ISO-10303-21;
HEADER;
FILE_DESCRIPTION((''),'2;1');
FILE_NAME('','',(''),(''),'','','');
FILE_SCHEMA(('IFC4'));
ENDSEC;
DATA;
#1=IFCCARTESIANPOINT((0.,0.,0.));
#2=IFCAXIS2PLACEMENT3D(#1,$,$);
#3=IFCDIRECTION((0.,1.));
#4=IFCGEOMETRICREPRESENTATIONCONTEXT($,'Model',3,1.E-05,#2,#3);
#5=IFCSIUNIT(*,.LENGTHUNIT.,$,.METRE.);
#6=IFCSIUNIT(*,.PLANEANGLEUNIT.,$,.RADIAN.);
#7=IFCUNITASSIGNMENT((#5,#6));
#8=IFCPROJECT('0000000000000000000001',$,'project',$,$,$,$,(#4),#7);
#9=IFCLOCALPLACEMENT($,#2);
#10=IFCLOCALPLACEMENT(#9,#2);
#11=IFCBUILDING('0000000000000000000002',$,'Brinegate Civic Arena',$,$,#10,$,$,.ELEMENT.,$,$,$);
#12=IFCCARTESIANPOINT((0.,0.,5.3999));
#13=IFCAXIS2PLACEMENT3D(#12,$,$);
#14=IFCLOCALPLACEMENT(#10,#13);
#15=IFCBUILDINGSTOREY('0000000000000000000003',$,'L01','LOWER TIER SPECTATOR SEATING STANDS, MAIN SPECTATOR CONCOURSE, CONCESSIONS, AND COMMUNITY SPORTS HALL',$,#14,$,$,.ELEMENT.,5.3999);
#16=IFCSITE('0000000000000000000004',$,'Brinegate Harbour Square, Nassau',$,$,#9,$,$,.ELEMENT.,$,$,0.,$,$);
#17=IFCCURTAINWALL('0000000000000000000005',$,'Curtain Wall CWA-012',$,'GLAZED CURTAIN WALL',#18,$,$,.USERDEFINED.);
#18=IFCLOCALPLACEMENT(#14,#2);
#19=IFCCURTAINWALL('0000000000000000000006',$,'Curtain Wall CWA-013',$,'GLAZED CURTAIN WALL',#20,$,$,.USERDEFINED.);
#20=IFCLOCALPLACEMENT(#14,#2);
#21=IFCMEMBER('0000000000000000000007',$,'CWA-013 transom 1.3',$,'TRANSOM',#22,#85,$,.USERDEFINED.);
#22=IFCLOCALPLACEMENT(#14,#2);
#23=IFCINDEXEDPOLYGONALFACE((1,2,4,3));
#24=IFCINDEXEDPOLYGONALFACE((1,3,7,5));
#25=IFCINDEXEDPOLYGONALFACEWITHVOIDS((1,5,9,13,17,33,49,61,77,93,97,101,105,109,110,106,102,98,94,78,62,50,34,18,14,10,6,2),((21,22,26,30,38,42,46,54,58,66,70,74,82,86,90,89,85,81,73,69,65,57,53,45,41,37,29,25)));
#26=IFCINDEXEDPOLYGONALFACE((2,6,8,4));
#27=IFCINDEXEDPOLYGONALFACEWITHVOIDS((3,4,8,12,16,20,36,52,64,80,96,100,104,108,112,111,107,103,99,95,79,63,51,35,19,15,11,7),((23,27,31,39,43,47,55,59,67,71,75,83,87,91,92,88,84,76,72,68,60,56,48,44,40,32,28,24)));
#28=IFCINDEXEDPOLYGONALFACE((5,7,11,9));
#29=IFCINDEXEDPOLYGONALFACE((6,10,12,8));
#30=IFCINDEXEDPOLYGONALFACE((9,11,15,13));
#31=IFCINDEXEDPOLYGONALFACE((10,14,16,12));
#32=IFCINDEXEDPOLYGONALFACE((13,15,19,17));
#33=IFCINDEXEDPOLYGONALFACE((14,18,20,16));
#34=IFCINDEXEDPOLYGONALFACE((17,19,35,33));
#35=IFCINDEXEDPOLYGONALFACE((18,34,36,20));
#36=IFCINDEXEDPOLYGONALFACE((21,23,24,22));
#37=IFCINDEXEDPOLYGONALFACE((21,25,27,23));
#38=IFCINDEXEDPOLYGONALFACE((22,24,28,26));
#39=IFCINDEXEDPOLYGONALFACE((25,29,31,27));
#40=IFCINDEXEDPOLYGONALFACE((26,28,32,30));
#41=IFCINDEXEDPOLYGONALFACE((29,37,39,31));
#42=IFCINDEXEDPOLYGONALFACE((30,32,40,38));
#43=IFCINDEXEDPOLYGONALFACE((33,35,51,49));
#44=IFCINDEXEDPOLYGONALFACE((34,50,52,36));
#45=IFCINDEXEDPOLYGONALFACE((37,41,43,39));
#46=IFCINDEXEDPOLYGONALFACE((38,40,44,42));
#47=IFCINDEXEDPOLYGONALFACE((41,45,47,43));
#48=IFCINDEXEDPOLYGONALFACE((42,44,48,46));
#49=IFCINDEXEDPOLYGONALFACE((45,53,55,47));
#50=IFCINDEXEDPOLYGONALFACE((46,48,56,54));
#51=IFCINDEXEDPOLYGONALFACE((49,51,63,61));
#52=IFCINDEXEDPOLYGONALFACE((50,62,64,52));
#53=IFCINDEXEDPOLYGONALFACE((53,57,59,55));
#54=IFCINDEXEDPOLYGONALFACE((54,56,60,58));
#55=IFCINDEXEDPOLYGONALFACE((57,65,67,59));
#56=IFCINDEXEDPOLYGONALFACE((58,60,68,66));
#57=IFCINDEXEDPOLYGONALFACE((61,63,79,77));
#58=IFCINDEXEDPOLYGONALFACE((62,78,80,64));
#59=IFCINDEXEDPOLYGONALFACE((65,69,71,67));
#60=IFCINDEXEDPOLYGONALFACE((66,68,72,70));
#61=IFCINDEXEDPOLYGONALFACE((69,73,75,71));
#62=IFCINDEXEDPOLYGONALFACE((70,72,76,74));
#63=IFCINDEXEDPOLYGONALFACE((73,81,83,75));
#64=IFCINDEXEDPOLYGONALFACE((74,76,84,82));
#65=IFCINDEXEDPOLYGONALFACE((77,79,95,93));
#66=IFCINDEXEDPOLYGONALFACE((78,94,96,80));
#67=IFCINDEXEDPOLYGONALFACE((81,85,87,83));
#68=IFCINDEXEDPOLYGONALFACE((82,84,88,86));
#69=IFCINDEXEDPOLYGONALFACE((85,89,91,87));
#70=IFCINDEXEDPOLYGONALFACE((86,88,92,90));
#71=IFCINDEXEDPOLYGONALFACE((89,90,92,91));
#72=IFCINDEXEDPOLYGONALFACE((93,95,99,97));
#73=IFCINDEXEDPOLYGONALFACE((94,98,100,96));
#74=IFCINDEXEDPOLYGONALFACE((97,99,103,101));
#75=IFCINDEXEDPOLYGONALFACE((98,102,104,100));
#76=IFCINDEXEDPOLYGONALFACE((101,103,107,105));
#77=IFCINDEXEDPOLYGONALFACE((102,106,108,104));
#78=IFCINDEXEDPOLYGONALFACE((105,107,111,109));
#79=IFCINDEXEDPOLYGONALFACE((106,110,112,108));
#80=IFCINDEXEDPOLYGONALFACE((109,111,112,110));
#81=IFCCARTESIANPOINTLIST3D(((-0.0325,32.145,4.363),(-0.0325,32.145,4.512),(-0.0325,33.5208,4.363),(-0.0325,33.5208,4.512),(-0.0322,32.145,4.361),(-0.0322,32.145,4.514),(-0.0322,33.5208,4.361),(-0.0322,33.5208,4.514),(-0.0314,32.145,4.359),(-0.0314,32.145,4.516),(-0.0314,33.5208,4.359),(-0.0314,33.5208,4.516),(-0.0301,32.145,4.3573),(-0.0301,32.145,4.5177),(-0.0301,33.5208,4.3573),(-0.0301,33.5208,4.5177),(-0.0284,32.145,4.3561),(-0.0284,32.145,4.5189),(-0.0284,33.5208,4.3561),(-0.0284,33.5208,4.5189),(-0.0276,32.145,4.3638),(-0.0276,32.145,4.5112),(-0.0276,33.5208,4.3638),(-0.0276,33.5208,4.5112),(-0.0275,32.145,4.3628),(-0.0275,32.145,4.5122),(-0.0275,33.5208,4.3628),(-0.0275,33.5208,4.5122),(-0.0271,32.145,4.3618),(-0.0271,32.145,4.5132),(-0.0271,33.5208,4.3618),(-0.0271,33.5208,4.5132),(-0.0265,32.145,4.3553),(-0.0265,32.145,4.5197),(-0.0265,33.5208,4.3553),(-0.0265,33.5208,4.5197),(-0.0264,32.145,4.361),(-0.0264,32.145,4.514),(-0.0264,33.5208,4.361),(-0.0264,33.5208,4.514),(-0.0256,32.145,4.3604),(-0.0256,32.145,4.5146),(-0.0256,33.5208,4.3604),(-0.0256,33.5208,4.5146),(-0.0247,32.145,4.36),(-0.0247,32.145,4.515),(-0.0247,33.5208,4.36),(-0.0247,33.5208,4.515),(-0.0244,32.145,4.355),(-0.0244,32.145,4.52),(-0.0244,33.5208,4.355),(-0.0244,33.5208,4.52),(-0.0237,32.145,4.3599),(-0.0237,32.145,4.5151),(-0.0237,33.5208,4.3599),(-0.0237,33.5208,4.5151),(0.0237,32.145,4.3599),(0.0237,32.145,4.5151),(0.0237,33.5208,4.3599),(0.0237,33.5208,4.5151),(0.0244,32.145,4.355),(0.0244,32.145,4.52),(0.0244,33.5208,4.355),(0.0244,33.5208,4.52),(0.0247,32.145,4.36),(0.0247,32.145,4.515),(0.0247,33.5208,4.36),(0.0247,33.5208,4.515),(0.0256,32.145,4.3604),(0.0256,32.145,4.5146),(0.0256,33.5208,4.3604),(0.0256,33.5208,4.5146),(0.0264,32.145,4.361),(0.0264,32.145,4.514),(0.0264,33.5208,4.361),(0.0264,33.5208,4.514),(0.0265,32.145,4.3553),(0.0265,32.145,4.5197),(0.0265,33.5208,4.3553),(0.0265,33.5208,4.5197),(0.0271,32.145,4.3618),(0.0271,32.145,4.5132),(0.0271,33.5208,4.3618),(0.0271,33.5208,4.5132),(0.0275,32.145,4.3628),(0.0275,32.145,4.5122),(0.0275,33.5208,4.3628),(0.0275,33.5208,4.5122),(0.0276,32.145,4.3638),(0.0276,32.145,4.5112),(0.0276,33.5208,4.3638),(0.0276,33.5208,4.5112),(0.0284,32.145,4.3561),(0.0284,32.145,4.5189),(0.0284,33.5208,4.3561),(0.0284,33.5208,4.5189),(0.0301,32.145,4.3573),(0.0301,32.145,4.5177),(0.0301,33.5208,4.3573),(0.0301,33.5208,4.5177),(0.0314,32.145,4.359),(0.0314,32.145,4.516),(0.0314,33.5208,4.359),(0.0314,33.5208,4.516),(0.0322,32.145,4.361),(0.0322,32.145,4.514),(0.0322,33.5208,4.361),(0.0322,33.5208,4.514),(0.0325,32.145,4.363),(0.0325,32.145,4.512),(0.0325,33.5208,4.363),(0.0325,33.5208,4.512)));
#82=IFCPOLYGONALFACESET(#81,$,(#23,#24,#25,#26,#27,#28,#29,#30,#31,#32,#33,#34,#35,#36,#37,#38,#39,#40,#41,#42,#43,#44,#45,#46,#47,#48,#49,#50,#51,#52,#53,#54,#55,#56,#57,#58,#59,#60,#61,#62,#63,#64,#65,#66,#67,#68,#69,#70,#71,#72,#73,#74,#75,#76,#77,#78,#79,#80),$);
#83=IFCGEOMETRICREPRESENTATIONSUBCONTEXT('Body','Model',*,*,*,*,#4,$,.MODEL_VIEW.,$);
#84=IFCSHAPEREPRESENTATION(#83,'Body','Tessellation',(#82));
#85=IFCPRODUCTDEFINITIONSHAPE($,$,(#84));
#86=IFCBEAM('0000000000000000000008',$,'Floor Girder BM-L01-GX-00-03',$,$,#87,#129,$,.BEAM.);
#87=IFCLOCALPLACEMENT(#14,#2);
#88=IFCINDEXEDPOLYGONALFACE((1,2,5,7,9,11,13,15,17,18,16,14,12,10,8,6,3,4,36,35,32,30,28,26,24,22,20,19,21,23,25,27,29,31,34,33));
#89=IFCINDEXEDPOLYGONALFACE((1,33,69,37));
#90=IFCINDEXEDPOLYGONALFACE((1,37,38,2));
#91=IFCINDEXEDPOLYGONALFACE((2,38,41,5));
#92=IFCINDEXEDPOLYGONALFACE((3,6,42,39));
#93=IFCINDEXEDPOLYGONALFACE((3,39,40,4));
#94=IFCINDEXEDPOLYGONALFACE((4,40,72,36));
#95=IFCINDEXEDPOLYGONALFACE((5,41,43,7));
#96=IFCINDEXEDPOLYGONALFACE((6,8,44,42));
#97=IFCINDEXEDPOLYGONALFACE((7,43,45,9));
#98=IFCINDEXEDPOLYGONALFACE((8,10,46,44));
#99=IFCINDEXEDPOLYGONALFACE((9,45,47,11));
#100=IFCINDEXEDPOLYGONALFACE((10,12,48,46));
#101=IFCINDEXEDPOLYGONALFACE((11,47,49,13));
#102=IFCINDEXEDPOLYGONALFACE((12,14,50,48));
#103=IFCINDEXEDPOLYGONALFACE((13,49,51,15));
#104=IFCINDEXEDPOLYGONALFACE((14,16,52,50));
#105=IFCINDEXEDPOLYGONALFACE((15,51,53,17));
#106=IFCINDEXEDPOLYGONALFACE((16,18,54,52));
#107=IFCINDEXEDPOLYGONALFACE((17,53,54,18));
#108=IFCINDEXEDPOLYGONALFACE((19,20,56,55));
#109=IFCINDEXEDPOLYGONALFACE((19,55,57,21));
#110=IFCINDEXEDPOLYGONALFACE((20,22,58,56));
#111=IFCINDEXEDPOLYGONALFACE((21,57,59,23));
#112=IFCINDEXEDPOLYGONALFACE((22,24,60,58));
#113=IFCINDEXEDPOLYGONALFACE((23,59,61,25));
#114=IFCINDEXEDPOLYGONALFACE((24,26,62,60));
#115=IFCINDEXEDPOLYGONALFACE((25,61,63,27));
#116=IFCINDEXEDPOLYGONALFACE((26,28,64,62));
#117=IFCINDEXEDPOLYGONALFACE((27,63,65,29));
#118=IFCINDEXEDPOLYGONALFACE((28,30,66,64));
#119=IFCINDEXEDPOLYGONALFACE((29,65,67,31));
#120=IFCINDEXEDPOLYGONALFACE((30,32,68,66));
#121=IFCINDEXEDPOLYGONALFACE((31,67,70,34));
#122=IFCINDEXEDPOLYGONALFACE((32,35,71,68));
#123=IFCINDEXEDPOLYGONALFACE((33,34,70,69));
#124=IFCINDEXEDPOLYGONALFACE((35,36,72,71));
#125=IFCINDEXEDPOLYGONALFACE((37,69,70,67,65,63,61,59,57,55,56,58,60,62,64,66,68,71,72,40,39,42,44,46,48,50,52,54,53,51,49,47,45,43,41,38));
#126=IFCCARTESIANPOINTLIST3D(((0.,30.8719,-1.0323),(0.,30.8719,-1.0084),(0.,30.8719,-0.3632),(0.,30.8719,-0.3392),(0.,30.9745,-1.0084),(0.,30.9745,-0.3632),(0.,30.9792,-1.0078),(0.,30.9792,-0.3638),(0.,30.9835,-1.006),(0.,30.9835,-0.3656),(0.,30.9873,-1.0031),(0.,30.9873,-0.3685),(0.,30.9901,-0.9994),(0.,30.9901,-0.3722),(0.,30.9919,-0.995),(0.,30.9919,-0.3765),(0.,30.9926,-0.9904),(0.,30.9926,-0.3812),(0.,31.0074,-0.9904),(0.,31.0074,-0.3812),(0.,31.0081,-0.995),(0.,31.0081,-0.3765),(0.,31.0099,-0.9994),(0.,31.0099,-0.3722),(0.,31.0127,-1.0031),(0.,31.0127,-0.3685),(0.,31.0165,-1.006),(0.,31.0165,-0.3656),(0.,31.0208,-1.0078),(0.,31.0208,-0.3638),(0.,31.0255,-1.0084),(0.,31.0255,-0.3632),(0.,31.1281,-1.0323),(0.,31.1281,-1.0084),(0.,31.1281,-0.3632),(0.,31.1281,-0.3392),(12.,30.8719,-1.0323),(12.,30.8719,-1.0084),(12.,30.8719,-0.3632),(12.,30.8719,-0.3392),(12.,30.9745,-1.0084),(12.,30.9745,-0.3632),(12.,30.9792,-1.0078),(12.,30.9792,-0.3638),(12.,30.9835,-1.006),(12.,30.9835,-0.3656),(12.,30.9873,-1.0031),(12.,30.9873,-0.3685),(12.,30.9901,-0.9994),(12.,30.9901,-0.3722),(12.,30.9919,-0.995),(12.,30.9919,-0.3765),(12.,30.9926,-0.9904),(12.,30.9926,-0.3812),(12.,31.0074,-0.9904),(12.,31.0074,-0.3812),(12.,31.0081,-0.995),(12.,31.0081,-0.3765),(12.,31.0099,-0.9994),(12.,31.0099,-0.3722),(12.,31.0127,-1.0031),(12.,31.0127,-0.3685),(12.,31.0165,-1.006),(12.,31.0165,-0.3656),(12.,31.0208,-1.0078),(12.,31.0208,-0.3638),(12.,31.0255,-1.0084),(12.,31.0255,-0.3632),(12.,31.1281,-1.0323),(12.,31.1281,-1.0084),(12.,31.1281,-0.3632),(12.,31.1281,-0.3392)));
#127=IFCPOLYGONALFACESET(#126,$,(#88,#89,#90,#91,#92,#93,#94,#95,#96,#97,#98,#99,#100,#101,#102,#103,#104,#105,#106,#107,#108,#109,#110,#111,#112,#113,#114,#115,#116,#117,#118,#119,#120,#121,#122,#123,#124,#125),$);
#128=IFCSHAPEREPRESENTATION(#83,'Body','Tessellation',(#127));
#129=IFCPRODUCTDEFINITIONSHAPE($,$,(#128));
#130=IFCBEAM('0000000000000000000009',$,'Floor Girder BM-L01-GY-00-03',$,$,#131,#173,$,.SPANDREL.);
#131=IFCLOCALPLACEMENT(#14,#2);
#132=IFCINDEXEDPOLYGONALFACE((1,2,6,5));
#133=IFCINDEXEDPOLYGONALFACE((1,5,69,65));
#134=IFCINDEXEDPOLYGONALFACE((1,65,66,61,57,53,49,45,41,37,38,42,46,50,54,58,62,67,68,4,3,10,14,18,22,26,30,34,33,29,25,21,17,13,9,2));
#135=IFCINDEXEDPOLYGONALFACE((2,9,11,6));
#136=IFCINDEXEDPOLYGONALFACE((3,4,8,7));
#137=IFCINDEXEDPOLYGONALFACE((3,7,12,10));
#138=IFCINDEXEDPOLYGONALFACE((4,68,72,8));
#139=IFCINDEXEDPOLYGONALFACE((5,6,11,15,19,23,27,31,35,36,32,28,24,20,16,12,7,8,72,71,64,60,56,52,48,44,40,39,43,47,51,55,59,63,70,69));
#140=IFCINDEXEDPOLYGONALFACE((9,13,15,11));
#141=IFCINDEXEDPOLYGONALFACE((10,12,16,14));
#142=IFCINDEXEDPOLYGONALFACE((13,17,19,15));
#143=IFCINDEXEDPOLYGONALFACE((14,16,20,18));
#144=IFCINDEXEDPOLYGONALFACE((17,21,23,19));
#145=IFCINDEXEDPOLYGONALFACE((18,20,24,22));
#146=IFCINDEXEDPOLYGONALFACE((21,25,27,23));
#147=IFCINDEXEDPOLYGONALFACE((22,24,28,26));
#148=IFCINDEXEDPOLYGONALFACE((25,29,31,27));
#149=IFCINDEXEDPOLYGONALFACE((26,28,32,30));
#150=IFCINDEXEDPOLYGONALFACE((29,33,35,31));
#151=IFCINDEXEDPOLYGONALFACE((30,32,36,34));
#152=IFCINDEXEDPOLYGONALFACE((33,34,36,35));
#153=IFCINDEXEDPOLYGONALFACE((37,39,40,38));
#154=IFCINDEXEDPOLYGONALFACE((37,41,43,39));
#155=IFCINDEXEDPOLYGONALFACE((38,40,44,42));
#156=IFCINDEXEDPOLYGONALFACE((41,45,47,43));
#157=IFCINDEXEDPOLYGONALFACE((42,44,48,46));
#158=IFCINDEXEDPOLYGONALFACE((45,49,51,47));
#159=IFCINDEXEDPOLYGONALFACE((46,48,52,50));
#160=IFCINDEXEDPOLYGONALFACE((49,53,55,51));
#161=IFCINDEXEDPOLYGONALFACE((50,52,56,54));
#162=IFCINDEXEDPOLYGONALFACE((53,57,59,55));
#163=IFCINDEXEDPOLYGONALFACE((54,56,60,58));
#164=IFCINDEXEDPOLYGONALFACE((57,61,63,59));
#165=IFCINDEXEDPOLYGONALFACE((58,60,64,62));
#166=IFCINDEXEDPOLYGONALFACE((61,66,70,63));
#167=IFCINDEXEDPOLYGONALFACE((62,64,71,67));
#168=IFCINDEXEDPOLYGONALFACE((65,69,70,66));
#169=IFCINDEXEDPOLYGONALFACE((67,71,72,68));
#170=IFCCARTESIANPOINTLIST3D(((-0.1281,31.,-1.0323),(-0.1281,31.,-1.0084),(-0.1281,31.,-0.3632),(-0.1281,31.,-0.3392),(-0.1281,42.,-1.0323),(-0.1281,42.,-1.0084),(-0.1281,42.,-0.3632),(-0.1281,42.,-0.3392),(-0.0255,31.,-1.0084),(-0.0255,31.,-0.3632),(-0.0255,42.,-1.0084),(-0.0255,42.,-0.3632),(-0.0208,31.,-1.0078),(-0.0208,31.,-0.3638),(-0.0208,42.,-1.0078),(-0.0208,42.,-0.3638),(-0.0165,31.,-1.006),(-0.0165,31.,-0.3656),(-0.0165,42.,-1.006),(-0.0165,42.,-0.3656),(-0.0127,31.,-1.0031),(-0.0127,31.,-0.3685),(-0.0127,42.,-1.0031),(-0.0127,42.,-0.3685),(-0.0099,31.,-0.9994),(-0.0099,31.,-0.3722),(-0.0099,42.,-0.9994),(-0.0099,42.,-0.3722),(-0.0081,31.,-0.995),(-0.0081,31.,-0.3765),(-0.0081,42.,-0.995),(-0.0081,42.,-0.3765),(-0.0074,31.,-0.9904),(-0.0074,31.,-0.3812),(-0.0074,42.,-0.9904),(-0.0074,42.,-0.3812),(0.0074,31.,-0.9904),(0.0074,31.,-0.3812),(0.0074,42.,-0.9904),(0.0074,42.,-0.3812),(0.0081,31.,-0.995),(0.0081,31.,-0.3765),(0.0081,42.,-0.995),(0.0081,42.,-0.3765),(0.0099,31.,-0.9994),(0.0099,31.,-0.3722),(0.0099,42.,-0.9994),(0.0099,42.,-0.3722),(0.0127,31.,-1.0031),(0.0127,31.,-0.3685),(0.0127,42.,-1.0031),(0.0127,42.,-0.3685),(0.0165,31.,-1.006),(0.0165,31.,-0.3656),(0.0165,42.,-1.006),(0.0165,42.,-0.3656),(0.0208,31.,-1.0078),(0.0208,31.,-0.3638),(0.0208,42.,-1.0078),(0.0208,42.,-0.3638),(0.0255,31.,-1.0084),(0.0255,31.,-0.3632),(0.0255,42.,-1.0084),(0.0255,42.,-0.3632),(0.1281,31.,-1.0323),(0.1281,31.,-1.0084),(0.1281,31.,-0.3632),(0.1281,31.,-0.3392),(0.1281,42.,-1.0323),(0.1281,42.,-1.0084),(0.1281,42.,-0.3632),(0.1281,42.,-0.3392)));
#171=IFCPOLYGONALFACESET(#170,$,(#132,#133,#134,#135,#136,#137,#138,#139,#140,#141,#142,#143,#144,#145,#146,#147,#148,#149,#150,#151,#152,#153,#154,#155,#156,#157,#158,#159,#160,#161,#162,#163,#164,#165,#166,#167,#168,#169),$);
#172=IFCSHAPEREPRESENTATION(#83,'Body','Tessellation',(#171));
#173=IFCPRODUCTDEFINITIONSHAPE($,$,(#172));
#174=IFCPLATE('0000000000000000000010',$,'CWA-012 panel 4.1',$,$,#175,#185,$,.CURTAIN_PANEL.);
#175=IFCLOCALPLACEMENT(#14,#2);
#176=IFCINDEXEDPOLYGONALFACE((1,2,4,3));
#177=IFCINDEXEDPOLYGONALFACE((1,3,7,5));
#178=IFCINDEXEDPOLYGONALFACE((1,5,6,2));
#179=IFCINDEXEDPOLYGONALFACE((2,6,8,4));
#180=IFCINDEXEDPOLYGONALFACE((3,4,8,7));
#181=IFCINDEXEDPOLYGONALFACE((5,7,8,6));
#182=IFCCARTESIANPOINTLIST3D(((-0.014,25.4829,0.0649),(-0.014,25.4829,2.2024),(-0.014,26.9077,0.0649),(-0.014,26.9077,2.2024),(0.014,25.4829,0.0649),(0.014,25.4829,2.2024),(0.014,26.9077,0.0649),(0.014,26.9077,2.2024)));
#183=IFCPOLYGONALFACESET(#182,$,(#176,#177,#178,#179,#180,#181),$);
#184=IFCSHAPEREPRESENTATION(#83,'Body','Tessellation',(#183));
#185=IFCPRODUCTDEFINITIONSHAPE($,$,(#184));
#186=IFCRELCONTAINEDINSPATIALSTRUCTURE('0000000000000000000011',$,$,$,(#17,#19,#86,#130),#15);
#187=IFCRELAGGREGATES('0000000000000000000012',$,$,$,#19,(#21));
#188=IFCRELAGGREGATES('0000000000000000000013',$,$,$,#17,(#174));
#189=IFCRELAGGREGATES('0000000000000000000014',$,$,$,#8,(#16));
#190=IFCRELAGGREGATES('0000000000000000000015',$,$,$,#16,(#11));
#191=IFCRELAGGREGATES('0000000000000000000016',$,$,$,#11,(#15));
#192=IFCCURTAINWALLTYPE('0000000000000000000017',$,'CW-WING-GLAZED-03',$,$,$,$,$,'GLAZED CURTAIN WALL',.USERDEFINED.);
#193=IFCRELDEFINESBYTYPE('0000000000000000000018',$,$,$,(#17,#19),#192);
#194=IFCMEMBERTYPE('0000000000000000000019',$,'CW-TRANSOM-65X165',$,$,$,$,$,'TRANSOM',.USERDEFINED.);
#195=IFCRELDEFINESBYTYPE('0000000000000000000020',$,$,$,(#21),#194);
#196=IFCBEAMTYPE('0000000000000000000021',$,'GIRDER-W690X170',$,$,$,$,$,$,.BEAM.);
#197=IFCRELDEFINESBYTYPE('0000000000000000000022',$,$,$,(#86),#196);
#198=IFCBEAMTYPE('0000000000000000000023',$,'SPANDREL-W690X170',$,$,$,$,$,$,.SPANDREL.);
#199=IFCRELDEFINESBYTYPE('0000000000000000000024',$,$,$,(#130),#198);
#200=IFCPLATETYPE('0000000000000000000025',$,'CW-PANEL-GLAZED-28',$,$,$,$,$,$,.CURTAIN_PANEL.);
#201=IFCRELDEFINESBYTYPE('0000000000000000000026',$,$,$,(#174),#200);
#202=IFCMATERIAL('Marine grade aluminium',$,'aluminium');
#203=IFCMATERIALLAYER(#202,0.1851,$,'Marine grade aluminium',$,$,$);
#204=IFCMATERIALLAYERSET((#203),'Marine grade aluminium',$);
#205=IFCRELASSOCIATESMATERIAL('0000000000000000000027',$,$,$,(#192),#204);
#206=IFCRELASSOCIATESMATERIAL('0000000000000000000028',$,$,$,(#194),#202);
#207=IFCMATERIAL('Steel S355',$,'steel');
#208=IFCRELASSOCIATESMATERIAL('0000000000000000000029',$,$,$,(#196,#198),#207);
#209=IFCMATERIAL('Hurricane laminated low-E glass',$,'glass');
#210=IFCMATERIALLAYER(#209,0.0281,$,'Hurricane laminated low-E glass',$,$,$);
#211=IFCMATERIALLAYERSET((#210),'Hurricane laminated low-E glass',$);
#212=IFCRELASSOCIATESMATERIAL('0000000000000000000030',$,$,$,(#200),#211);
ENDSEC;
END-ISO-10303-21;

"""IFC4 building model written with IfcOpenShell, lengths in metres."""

from ifc_helpers import new_model, si_unit, direction, frame, origin, origin_2d, place, context, subcontext, project, spatial, rectangle, hollow_rectangle, i_section, extrude, material, layer, layer_set, material_profile, profile_set, type_object, element, aggregate, save


model = new_model("IFC4")

# Units and contexts
model_context = context("Model", 3, precision=1e-05, world=origin(), true_north=direction((0.0, 1.0)))
body_context = subcontext(model_context, "Body", "Model", "MODEL_VIEW")
ifc_project = project(units=[si_unit("LENGTHUNIT", "METRE"), si_unit("PLANEANGLEUNIT", "RADIAN")], contexts=[model_context])

# Site, building, storey
site_placement = place(None, origin())
site = spatial("IfcSite", under=ifc_project, at=site_placement, Name="Brinegate Harbour Square, Nassau", CompositionType="ELEMENT", RefElevation=0.0)
building_placement = place(site_placement, origin())
building = spatial("IfcBuilding", under=site, at=building_placement, Name="Brinegate Civic Arena", CompositionType="ELEMENT")
storey_placement = place(building_placement, frame((0.0, 0.0, 5.3999)))
storey = spatial("IfcBuildingStorey", under=building, at=storey_placement, Name="L01", Description="LOWER TIER SPECTATOR SEATING STANDS, MAIN SPECTATOR CONCOURSE, CONCESSIONS, AND COMMUNITY SPORTS HALL", CompositionType="ELEMENT", Elevation=5.3999)

# Curtain wall
ifc_material_1 = material(Name="Marine grade aluminium", Category="aluminium")
ifc_layer_1 = layer(ifc_material_1, 0.1851, Name="Marine grade aluminium")
ifc_layer_set_1 = layer_set([ifc_layer_1], Name="Marine grade aluminium")
curtain_wall_type = type_object("IfcCurtainWallType", Name="CW-WING-GLAZED-03", ElementType="GLAZED CURTAIN WALL", PredefinedType="USERDEFINED", material=ifc_layer_set_1)
curtain_wall_1_placement = place(storey_placement, origin())
curtain_wall_1 = element("IfcCurtainWall", 1, at=curtain_wall_1_placement, inside=storey, type_object=curtain_wall_type, Name="Curtain Wall CWA-012", ObjectType="GLAZED CURTAIN WALL", PredefinedType="USERDEFINED")

# Curtain wall
curtain_wall_2_placement = place(storey_placement, origin())
curtain_wall_2 = element("IfcCurtainWall", 2, at=curtain_wall_2_placement, inside=storey, type_object=curtain_wall_type, Name="Curtain Wall CWA-013", ObjectType="GLAZED CURTAIN WALL", PredefinedType="USERDEFINED")

# Member
ifc_material_profile_1 = material_profile(ifc_material_1, hollow_rectangle(XDim=0.0649, YDim=0.165, WallThickness=0.0049, InnerFilletRadius=0.0039, OuterFilletRadius=0.0081, at=origin_2d()), Name="TRN65X165")
ifc_profile_set_1 = profile_set([ifc_material_profile_1], Name="Marine grade aluminium")
member_type_1 = type_object("IfcMemberType", Name="CW-TRANSOM-65X165", ElementType="TRANSOM", PredefinedType="USERDEFINED", material=ifc_profile_set_1)
member_1_placement = place(storey_placement, frame((0.0, 32.145, 4.4375), z_axis=(0.0, 1.0, 0.0), x_axis=(-1.0, 0.0, 0.0)))
member_1 = element("IfcMember", 3, at=member_1_placement, type_object=member_type_1, Name="CWA-013 transom 1.3", ObjectType="TRANSOM", PredefinedType="USERDEFINED", context=body_context, shape_type="SweptSolid", body=[
    extrude(hollow_rectangle(XDim=0.0649, YDim=0.165, WallThickness=0.0049, InnerFilletRadius=0.0039, OuterFilletRadius=0.0081, at=origin_2d()), origin(), (0.0, 0.0, 1.0), 1.3757),
])
aggregate(curtain_wall_2, [member_1])

# Beams
ifc_material_2 = material(Name="Steel S355", Category="steel")
ifc_material_profile_2 = material_profile(ifc_material_2, i_section(OverallWidth=0.2561, OverallDepth=0.6931, WebThickness=0.0149, FlangeThickness=0.0239, FilletRadius=0.0181, at=origin_2d()), Name="W690X170")
ifc_profile_set_2 = profile_set([ifc_material_profile_2], Name="Steel S355")
beam_type_1 = type_object("IfcBeamType", Name="GIRDER-W690X170", PredefinedType="BEAM", material=ifc_profile_set_2)
beam_1_placement = place(storey_placement, frame((0.0, 31.0, -0.6858), z_axis=(1.0, 0.0, 0.0), x_axis=(0.0, 1.0, 0.0)))
element("IfcBeam", 4, at=beam_1_placement, inside=storey, type_object=beam_type_1, Name="Floor Girder BM-L01-GX-00-03", PredefinedType="BEAM", context=body_context, shape_type="SweptSolid", body=[
    extrude(i_section(OverallWidth=0.2561, OverallDepth=0.6931, WebThickness=0.0149, FlangeThickness=0.0239, FilletRadius=0.0181, at=origin_2d()), origin(), (0.0, 0.0, 1.0), 12.0),
])
ifc_material_profile_3 = material_profile(ifc_material_2, i_section(OverallWidth=0.2561, OverallDepth=0.6931, WebThickness=0.0149, FlangeThickness=0.0239, FilletRadius=0.0181, at=origin_2d()), Name="W690X170")
ifc_profile_set_3 = profile_set([ifc_material_profile_3], Name="Steel S355")
beam_type_2 = type_object("IfcBeamType", Name="SPANDREL-W690X170", PredefinedType="SPANDREL", material=ifc_profile_set_3)
beam_2_placement = place(storey_placement, frame((0.0, 31.0, -0.6858), z_axis=(0.0, 1.0, 0.0), x_axis=(-1.0, 0.0, 0.0)))
element("IfcBeam", 5, at=beam_2_placement, inside=storey, type_object=beam_type_2, Name="Floor Girder BM-L01-GY-00-03", PredefinedType="SPANDREL", context=body_context, shape_type="SweptSolid", body=[
    extrude(i_section(OverallWidth=0.2561, OverallDepth=0.6931, WebThickness=0.0149, FlangeThickness=0.0239, FilletRadius=0.0181, at=origin_2d()), origin(), (0.0, 0.0, 1.0), 11.0),
])

# Plate
ifc_material_3 = material(Name="Hurricane laminated low-E glass", Category="glass")
ifc_layer_2 = layer(ifc_material_3, 0.0281, Name="Hurricane laminated low-E glass")
ifc_layer_set_2 = layer_set([ifc_layer_2], Name="Hurricane laminated low-E glass")
plate_type = type_object("IfcPlateType", Name="CW-PANEL-GLAZED-28", PredefinedType="CURTAIN_PANEL", material=ifc_layer_set_2)
plate_1_placement = place(storey_placement, frame((0.0, 26.1953, 0.0649), z_axis=(0.0, 0.0, 1.0), x_axis=(0.0, 1.0, 0.0)))
plate_1 = element("IfcPlate", 6, at=plate_1_placement, type_object=plate_type, Name="CWA-012 panel 4.1", PredefinedType="CURTAIN_PANEL", context=body_context, shape_type="SweptSolid", body=[
    extrude(rectangle(XDim=1.4248, YDim=0.0281, at=origin_2d()), origin(), (0.0, 0.0, 1.0), 2.1375),
])
aggregate(curtain_wall_1, [plate_1])

save(model, "model.ifc")
